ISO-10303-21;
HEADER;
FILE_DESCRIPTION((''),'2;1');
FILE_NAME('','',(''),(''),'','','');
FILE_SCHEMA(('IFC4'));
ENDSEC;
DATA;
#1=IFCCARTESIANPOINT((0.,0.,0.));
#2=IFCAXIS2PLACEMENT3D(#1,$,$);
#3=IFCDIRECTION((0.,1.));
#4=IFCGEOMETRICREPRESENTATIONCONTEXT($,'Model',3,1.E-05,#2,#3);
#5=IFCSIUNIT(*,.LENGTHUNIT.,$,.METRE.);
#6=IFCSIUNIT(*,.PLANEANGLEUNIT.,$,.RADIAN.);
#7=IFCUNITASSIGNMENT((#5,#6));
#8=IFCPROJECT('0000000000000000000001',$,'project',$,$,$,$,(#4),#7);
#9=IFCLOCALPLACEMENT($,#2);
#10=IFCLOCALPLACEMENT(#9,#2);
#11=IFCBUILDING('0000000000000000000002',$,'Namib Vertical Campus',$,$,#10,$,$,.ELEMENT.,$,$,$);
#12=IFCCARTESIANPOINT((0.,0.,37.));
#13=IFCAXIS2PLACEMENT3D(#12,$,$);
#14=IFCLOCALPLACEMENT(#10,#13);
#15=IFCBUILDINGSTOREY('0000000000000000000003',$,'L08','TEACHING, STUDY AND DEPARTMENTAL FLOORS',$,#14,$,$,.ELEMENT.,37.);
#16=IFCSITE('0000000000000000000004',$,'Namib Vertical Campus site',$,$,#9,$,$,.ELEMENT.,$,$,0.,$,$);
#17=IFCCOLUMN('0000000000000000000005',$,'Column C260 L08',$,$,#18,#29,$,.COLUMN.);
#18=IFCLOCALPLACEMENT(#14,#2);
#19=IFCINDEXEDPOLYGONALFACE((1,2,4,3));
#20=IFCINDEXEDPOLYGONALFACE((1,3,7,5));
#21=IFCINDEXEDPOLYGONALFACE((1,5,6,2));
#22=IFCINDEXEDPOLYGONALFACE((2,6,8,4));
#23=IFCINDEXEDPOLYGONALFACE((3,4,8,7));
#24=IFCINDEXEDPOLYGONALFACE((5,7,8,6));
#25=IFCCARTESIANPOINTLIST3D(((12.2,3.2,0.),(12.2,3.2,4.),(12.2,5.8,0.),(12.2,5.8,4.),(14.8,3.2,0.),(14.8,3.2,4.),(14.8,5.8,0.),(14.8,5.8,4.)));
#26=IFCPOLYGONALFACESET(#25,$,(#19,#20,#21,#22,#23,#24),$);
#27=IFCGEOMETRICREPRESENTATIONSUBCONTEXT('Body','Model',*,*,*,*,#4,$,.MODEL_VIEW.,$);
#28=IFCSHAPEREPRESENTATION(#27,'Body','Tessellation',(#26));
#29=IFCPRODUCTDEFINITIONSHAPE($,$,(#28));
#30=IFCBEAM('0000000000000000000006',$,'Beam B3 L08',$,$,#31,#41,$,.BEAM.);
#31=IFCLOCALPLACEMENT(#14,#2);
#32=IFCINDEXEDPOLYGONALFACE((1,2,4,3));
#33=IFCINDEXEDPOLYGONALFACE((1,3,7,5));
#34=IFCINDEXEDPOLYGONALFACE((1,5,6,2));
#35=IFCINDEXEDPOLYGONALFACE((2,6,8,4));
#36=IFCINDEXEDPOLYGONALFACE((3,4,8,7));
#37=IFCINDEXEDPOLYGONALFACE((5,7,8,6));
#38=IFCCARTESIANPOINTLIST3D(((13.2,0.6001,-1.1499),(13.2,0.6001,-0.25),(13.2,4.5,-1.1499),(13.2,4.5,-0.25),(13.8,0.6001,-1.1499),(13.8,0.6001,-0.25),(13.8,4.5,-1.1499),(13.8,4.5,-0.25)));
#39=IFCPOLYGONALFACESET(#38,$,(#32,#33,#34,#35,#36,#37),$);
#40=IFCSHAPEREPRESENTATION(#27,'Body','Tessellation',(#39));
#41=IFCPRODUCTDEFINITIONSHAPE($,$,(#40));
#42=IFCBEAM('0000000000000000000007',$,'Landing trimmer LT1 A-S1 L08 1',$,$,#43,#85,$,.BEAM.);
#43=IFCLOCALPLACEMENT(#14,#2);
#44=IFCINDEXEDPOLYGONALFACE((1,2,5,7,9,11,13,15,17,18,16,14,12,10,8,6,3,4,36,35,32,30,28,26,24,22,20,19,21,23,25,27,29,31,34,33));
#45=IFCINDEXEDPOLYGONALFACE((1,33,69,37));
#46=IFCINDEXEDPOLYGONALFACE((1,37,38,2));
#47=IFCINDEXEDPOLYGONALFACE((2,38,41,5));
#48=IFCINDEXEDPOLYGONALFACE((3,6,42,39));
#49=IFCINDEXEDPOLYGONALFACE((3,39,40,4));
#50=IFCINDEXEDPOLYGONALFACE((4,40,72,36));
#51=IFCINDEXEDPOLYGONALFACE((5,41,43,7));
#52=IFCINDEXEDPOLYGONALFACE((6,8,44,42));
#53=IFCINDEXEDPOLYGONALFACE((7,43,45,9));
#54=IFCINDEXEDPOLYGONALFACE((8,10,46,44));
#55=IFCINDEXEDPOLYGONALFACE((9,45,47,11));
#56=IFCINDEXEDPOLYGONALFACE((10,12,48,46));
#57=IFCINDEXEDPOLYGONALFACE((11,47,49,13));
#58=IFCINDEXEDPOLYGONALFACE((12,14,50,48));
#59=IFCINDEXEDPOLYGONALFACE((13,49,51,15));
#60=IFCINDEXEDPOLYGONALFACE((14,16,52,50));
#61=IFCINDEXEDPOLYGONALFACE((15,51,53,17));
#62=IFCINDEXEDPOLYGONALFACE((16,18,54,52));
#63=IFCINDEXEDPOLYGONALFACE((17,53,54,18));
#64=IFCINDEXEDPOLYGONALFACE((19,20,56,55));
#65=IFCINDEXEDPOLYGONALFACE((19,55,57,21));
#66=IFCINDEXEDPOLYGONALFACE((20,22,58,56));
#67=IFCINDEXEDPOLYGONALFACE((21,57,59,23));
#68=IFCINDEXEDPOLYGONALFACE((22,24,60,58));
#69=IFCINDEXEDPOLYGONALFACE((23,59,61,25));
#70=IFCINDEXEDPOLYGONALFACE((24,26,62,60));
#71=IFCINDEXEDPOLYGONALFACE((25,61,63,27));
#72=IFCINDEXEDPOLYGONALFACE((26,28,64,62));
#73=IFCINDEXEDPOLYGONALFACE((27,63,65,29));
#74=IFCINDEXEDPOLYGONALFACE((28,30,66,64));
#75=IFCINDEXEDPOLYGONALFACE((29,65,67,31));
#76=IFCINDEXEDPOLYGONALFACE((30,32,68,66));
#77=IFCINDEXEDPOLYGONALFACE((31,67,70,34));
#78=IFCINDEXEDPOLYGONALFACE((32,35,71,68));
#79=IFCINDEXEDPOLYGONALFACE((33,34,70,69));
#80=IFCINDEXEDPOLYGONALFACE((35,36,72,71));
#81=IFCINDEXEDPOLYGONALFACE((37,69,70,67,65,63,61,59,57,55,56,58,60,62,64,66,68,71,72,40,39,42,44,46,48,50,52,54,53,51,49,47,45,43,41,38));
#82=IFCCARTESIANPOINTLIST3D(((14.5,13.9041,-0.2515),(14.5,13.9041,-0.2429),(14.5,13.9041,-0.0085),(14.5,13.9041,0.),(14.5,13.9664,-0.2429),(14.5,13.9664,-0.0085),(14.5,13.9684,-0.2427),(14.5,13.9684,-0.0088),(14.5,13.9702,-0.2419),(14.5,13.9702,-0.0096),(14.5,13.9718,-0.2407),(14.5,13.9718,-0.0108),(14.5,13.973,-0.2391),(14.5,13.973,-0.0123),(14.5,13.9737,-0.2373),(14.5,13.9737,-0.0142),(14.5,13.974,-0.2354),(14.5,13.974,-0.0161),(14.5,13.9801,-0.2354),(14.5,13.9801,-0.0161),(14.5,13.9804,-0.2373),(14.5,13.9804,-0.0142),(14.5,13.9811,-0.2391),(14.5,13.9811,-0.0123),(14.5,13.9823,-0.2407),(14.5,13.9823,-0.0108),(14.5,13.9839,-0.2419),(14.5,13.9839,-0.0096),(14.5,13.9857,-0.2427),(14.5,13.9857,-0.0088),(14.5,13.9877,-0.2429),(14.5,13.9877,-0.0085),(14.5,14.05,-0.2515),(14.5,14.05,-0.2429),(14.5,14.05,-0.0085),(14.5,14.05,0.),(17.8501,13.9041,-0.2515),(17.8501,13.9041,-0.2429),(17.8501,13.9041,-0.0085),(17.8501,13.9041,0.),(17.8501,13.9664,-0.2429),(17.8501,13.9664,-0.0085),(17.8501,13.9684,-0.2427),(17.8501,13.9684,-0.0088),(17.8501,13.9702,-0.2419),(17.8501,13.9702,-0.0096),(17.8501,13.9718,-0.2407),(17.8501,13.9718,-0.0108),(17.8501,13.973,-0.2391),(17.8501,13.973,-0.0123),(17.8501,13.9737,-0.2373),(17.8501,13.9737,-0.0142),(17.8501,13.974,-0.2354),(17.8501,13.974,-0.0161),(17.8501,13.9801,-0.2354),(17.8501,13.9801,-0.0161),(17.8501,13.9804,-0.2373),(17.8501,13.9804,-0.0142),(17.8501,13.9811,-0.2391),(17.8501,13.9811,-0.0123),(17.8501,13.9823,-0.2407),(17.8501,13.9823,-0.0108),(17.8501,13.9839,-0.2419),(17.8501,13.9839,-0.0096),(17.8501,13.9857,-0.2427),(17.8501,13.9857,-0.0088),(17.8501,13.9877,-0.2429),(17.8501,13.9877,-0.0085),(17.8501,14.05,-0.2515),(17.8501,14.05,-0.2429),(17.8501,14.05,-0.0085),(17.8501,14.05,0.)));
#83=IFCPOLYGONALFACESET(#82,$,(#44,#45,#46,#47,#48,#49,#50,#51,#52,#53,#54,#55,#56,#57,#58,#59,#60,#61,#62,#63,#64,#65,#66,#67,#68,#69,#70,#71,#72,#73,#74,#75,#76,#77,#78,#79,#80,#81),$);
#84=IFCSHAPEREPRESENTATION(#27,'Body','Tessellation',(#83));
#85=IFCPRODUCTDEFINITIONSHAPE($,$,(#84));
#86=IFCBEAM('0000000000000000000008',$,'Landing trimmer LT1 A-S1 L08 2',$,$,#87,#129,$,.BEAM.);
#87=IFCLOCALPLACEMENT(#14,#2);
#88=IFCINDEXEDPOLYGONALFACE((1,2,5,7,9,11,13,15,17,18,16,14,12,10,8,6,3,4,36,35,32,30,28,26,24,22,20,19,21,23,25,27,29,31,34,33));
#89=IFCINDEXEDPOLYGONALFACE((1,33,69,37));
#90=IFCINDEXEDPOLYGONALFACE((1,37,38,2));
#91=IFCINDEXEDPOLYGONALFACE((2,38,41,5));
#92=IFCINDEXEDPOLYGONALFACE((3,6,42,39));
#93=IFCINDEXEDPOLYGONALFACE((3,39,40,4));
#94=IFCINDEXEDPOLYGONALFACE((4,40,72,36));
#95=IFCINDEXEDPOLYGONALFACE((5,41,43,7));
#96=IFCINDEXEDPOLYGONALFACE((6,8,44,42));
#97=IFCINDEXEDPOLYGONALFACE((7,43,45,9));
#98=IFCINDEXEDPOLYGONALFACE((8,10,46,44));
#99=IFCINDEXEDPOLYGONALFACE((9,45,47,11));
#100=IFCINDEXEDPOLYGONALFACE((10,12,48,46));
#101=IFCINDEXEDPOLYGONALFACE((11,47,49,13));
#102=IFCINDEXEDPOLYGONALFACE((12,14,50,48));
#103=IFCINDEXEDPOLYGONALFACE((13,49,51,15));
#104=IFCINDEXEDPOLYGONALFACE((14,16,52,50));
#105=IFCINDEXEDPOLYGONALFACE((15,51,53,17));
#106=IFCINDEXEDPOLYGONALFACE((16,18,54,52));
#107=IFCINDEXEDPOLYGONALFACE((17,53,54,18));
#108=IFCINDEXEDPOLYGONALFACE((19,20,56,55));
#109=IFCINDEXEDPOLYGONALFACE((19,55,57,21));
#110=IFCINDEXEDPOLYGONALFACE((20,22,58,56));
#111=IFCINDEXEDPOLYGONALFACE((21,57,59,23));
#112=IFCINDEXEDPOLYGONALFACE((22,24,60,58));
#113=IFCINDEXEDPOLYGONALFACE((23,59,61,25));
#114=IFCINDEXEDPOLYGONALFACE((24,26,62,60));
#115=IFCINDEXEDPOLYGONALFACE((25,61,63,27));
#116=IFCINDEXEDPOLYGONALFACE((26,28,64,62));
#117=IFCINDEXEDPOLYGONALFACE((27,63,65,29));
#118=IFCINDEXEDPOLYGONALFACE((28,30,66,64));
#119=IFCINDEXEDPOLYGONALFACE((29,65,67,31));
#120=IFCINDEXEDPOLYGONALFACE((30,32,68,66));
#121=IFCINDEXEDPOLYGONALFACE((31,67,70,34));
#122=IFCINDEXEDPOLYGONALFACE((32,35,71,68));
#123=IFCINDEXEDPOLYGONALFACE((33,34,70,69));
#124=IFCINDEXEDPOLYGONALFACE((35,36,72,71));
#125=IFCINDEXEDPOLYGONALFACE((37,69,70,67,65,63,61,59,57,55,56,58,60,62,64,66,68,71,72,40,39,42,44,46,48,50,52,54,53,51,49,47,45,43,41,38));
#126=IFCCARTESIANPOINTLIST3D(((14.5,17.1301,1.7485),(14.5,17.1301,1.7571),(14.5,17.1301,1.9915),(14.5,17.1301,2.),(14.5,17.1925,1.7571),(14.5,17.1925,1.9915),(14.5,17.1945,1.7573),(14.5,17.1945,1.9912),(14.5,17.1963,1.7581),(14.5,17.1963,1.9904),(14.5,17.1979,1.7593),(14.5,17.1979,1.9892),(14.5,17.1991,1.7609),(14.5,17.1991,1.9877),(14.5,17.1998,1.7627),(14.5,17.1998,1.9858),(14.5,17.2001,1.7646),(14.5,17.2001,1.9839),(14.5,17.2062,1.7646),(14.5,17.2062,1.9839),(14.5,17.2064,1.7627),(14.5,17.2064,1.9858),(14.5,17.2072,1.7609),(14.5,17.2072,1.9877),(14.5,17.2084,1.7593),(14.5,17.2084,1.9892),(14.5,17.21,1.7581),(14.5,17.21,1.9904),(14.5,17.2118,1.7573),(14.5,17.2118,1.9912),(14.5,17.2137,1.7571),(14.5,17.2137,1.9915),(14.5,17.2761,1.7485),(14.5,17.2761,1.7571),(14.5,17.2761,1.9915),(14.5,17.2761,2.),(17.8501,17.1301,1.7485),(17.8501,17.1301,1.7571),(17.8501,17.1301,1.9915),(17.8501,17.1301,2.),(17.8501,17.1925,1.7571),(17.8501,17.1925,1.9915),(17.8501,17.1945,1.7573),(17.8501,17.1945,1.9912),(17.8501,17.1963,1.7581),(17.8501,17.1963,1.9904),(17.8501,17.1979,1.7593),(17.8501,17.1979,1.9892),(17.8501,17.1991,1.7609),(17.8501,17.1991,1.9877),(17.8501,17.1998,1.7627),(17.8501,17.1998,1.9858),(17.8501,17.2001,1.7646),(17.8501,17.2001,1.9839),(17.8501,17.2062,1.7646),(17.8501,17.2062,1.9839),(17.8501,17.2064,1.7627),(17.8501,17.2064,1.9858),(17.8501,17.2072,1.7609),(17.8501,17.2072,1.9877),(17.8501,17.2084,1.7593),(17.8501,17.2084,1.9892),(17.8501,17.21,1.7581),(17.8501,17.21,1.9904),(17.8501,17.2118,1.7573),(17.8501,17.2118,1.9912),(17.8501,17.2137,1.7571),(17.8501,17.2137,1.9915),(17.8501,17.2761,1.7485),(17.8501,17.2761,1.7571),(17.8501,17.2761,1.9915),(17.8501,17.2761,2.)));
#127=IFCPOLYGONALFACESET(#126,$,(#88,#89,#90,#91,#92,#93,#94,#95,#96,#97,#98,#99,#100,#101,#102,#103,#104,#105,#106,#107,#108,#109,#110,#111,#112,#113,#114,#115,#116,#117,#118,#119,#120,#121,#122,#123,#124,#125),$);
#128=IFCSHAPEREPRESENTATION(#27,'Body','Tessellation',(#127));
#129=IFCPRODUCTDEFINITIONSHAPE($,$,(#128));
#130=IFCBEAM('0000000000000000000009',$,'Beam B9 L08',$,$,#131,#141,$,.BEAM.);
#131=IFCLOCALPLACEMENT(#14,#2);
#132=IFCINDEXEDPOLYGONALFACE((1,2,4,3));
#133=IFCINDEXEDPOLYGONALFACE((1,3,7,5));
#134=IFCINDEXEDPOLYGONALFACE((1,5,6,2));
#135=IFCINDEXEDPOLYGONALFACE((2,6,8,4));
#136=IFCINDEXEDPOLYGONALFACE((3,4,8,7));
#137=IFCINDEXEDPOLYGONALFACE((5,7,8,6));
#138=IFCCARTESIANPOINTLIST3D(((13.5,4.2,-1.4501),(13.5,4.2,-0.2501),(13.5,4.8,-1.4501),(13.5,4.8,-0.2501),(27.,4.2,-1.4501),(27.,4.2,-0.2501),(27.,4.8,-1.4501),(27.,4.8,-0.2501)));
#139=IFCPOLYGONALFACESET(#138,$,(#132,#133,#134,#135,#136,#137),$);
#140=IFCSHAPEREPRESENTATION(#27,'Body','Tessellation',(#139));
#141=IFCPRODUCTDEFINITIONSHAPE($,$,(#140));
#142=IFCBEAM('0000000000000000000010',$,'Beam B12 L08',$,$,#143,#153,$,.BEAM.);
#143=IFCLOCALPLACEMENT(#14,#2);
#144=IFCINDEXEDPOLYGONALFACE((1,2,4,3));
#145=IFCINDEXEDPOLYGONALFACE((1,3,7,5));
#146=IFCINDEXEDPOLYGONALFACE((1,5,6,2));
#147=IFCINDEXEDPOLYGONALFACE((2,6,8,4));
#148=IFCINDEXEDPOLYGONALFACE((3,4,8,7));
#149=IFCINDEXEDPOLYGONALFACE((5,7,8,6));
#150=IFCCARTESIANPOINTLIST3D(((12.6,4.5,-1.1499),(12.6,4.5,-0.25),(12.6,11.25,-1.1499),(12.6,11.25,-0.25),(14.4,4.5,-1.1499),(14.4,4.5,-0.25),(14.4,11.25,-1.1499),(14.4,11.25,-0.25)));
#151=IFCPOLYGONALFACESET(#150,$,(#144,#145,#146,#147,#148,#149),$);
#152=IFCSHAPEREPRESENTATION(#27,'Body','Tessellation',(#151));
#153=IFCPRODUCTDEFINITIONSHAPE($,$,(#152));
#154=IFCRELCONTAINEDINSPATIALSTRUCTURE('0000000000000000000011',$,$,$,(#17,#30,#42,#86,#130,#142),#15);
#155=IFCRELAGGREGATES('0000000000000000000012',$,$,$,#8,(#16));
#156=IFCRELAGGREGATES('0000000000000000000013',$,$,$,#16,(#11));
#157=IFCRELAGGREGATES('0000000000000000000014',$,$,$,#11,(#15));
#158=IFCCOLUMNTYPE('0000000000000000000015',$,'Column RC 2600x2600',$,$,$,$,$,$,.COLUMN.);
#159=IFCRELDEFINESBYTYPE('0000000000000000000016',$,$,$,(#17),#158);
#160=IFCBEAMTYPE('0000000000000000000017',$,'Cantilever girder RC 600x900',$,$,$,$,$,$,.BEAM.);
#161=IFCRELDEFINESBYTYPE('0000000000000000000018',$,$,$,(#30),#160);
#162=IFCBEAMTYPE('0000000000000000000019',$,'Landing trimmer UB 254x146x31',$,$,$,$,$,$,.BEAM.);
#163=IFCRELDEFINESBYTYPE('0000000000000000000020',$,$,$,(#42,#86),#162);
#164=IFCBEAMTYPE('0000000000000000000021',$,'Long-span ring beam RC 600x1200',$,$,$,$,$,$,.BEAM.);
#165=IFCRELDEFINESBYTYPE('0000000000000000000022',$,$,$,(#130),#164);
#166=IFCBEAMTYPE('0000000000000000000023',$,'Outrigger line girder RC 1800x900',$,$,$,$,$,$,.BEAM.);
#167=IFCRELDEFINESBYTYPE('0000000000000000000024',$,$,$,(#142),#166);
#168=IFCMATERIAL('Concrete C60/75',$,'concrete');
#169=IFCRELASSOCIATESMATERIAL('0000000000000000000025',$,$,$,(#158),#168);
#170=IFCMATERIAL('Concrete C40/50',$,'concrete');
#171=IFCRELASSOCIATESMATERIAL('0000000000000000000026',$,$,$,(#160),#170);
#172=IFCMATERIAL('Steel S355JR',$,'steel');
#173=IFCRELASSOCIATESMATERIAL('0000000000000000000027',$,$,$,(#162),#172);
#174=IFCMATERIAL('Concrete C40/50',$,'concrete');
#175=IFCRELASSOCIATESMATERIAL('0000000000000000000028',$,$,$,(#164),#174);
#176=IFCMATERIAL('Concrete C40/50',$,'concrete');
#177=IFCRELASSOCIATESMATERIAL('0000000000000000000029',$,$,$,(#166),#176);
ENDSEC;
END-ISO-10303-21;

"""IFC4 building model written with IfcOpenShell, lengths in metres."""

from ifc_helpers import new_model, si_unit, direction, frame, origin, origin_2d, place, context, subcontext, project, spatial, rectangle, i_section, extrude, material, material_profile, profile_set, type_object, element, save


model = new_model("IFC4")

# Units and contexts
model_context = context("Model", 3, precision=1e-05, world=origin(), true_north=direction((0.0, 1.0)))
body_context = subcontext(model_context, "Body", "Model", "MODEL_VIEW")
ifc_project = project(units=[si_unit("LENGTHUNIT", "METRE"), si_unit("PLANEANGLEUNIT", "RADIAN")], contexts=[model_context])

# Site, building, storey
site_placement = place(None, origin())
site = spatial("IfcSite", under=ifc_project, at=site_placement, Name="Namib Vertical Campus site", CompositionType="ELEMENT", RefElevation=0.0)
building_placement = place(site_placement, origin())
building = spatial("IfcBuilding", under=site, at=building_placement, Name="Namib Vertical Campus", CompositionType="ELEMENT")
storey_placement = place(building_placement, frame((0.0, 0.0, 37.0)))
storey = spatial("IfcBuildingStorey", under=building, at=storey_placement, Name="L08", Description="TEACHING, STUDY AND DEPARTMENTAL FLOORS", CompositionType="ELEMENT", Elevation=37.0)

# Column
ifc_material_1 = material(Name="Concrete C60/75", Category="concrete")
ifc_material_profile_1 = material_profile(ifc_material_1, rectangle(XDim=2.6001, YDim=2.6001, at=origin_2d()))
ifc_profile_set_1 = profile_set([ifc_material_profile_1], Name="Concrete C60/75")
column_type = type_object("IfcColumnType", Name="Column RC 2600x2600", PredefinedType="COLUMN", material=ifc_profile_set_1)
column_placement = place(storey_placement, frame((13.5, 4.5, 0.0), z_axis=(0.0, 0.0, 1.0), x_axis=(1.0, 0.0, 0.0)))
element("IfcColumn", 1, at=column_placement, inside=storey, type_object=column_type, Name="Column C260 L08", PredefinedType="COLUMN", context=body_context, shape_type="SweptSolid", body=[
    extrude(rectangle(XDim=2.6001, YDim=2.6001, at=origin_2d()), origin(), (0.0, 0.0, 1.0), 4.0),
])

# Beams
ifc_material_2 = material(Name="Concrete C40/50", Category="concrete")
ifc_material_profile_2 = material_profile(ifc_material_2, rectangle(XDim=0.6001, YDim=0.8999, at=origin_2d()))
ifc_profile_set_2 = profile_set([ifc_material_profile_2], Name="Concrete C40/50")
beam_type_1 = type_object("IfcBeamType", Name="Cantilever girder RC 600x900", PredefinedType="BEAM", material=ifc_profile_set_2)
beam_1_placement = place(storey_placement, frame((13.5, 4.5, -0.7), z_axis=(0.0, -1.0, 0.0), x_axis=(1.0, 0.0, 0.0)))
element("IfcBeam", 2, at=beam_1_placement, inside=storey, type_object=beam_type_1, Name="Beam B3 L08", PredefinedType="BEAM", context=body_context, shape_type="SweptSolid", body=[
    extrude(rectangle(XDim=0.6001, YDim=0.8999, at=origin_2d()), origin(), (0.0, 0.0, 1.0), 3.8999),
])
ifc_material_3 = material(Name="Steel S355JR", Category="steel")
ifc_material_profile_3 = material_profile(ifc_material_3, i_section(OverallWidth=0.146, OverallDepth=0.2515, WebThickness=0.0061, FlangeThickness=0.0085, FilletRadius=0.0076, at=origin_2d()))
ifc_profile_set_3 = profile_set([ifc_material_profile_3], Name="Steel S355JR")
beam_type_2 = type_object("IfcBeamType", Name="Landing trimmer UB 254x146x31", PredefinedType="BEAM", material=ifc_profile_set_3)
for number, where, z_axis, x_axis, name in (
    (3, (14.5, 13.9771, -0.1257), (1.0, 0.0, 0.0), (0.0, 1.0, 0.0), "Landing trimmer LT1 A-S1 L08 1"),
    (4, (14.5, 17.2031, 1.8743), (1.0, 0.0, 0.0), (0.0, 1.0, 0.0), "Landing trimmer LT1 A-S1 L08 2"),
):
    element("IfcBeam", number, at=place(storey_placement, frame(where, z_axis=z_axis, x_axis=x_axis)), inside=storey, type_object=beam_type_2, Name=name, PredefinedType="BEAM", context=body_context, shape_type="SweptSolid", body=[
        extrude(i_section(OverallWidth=0.146, OverallDepth=0.2515, WebThickness=0.0061, FlangeThickness=0.0085, FilletRadius=0.0076, at=origin_2d()), origin(), (0.0, 0.0, 1.0), 3.3501),
    ])
ifc_material_4 = material(Name="Concrete C40/50", Category="concrete")
ifc_material_profile_4 = material_profile(ifc_material_4, rectangle(XDim=0.6001, YDim=1.2, at=origin_2d()))
ifc_profile_set_4 = profile_set([ifc_material_profile_4], Name="Concrete C40/50")
beam_type_3 = type_object("IfcBeamType", Name="Long-span ring beam RC 600x1200", PredefinedType="BEAM", material=ifc_profile_set_4)
beam_2_placement = place(storey_placement, frame((13.5, 4.5, -0.8501), z_axis=(1.0, 0.0, 0.0), x_axis=(0.0, 1.0, 0.0)))
element("IfcBeam", 5, at=beam_2_placement, inside=storey, type_object=beam_type_3, Name="Beam B9 L08", PredefinedType="BEAM", context=body_context, shape_type="SweptSolid", body=[
    extrude(rectangle(XDim=0.6001, YDim=1.2, at=origin_2d()), origin(), (0.0, 0.0, 1.0), 13.5),
])
ifc_material_5 = material(Name="Concrete C40/50", Category="concrete")
ifc_material_profile_5 = material_profile(ifc_material_5, rectangle(XDim=1.8, YDim=0.8999, at=origin_2d()))
ifc_profile_set_5 = profile_set([ifc_material_profile_5], Name="Concrete C40/50")
beam_type_4 = type_object("IfcBeamType", Name="Outrigger line girder RC 1800x900", PredefinedType="BEAM", material=ifc_profile_set_5)
beam_3_placement = place(storey_placement, frame((13.5, 4.5, -0.7), z_axis=(0.0, 1.0, 0.0), x_axis=(-1.0, 0.0, 0.0)))
element("IfcBeam", 6, at=beam_3_placement, inside=storey, type_object=beam_type_4, Name="Beam B12 L08", PredefinedType="BEAM", context=body_context, shape_type="SweptSolid", body=[
    extrude(rectangle(XDim=1.8, YDim=0.8999, at=origin_2d()), origin(), (0.0, 0.0, 1.0), 6.75),
])

save(model, "model.ifc")
